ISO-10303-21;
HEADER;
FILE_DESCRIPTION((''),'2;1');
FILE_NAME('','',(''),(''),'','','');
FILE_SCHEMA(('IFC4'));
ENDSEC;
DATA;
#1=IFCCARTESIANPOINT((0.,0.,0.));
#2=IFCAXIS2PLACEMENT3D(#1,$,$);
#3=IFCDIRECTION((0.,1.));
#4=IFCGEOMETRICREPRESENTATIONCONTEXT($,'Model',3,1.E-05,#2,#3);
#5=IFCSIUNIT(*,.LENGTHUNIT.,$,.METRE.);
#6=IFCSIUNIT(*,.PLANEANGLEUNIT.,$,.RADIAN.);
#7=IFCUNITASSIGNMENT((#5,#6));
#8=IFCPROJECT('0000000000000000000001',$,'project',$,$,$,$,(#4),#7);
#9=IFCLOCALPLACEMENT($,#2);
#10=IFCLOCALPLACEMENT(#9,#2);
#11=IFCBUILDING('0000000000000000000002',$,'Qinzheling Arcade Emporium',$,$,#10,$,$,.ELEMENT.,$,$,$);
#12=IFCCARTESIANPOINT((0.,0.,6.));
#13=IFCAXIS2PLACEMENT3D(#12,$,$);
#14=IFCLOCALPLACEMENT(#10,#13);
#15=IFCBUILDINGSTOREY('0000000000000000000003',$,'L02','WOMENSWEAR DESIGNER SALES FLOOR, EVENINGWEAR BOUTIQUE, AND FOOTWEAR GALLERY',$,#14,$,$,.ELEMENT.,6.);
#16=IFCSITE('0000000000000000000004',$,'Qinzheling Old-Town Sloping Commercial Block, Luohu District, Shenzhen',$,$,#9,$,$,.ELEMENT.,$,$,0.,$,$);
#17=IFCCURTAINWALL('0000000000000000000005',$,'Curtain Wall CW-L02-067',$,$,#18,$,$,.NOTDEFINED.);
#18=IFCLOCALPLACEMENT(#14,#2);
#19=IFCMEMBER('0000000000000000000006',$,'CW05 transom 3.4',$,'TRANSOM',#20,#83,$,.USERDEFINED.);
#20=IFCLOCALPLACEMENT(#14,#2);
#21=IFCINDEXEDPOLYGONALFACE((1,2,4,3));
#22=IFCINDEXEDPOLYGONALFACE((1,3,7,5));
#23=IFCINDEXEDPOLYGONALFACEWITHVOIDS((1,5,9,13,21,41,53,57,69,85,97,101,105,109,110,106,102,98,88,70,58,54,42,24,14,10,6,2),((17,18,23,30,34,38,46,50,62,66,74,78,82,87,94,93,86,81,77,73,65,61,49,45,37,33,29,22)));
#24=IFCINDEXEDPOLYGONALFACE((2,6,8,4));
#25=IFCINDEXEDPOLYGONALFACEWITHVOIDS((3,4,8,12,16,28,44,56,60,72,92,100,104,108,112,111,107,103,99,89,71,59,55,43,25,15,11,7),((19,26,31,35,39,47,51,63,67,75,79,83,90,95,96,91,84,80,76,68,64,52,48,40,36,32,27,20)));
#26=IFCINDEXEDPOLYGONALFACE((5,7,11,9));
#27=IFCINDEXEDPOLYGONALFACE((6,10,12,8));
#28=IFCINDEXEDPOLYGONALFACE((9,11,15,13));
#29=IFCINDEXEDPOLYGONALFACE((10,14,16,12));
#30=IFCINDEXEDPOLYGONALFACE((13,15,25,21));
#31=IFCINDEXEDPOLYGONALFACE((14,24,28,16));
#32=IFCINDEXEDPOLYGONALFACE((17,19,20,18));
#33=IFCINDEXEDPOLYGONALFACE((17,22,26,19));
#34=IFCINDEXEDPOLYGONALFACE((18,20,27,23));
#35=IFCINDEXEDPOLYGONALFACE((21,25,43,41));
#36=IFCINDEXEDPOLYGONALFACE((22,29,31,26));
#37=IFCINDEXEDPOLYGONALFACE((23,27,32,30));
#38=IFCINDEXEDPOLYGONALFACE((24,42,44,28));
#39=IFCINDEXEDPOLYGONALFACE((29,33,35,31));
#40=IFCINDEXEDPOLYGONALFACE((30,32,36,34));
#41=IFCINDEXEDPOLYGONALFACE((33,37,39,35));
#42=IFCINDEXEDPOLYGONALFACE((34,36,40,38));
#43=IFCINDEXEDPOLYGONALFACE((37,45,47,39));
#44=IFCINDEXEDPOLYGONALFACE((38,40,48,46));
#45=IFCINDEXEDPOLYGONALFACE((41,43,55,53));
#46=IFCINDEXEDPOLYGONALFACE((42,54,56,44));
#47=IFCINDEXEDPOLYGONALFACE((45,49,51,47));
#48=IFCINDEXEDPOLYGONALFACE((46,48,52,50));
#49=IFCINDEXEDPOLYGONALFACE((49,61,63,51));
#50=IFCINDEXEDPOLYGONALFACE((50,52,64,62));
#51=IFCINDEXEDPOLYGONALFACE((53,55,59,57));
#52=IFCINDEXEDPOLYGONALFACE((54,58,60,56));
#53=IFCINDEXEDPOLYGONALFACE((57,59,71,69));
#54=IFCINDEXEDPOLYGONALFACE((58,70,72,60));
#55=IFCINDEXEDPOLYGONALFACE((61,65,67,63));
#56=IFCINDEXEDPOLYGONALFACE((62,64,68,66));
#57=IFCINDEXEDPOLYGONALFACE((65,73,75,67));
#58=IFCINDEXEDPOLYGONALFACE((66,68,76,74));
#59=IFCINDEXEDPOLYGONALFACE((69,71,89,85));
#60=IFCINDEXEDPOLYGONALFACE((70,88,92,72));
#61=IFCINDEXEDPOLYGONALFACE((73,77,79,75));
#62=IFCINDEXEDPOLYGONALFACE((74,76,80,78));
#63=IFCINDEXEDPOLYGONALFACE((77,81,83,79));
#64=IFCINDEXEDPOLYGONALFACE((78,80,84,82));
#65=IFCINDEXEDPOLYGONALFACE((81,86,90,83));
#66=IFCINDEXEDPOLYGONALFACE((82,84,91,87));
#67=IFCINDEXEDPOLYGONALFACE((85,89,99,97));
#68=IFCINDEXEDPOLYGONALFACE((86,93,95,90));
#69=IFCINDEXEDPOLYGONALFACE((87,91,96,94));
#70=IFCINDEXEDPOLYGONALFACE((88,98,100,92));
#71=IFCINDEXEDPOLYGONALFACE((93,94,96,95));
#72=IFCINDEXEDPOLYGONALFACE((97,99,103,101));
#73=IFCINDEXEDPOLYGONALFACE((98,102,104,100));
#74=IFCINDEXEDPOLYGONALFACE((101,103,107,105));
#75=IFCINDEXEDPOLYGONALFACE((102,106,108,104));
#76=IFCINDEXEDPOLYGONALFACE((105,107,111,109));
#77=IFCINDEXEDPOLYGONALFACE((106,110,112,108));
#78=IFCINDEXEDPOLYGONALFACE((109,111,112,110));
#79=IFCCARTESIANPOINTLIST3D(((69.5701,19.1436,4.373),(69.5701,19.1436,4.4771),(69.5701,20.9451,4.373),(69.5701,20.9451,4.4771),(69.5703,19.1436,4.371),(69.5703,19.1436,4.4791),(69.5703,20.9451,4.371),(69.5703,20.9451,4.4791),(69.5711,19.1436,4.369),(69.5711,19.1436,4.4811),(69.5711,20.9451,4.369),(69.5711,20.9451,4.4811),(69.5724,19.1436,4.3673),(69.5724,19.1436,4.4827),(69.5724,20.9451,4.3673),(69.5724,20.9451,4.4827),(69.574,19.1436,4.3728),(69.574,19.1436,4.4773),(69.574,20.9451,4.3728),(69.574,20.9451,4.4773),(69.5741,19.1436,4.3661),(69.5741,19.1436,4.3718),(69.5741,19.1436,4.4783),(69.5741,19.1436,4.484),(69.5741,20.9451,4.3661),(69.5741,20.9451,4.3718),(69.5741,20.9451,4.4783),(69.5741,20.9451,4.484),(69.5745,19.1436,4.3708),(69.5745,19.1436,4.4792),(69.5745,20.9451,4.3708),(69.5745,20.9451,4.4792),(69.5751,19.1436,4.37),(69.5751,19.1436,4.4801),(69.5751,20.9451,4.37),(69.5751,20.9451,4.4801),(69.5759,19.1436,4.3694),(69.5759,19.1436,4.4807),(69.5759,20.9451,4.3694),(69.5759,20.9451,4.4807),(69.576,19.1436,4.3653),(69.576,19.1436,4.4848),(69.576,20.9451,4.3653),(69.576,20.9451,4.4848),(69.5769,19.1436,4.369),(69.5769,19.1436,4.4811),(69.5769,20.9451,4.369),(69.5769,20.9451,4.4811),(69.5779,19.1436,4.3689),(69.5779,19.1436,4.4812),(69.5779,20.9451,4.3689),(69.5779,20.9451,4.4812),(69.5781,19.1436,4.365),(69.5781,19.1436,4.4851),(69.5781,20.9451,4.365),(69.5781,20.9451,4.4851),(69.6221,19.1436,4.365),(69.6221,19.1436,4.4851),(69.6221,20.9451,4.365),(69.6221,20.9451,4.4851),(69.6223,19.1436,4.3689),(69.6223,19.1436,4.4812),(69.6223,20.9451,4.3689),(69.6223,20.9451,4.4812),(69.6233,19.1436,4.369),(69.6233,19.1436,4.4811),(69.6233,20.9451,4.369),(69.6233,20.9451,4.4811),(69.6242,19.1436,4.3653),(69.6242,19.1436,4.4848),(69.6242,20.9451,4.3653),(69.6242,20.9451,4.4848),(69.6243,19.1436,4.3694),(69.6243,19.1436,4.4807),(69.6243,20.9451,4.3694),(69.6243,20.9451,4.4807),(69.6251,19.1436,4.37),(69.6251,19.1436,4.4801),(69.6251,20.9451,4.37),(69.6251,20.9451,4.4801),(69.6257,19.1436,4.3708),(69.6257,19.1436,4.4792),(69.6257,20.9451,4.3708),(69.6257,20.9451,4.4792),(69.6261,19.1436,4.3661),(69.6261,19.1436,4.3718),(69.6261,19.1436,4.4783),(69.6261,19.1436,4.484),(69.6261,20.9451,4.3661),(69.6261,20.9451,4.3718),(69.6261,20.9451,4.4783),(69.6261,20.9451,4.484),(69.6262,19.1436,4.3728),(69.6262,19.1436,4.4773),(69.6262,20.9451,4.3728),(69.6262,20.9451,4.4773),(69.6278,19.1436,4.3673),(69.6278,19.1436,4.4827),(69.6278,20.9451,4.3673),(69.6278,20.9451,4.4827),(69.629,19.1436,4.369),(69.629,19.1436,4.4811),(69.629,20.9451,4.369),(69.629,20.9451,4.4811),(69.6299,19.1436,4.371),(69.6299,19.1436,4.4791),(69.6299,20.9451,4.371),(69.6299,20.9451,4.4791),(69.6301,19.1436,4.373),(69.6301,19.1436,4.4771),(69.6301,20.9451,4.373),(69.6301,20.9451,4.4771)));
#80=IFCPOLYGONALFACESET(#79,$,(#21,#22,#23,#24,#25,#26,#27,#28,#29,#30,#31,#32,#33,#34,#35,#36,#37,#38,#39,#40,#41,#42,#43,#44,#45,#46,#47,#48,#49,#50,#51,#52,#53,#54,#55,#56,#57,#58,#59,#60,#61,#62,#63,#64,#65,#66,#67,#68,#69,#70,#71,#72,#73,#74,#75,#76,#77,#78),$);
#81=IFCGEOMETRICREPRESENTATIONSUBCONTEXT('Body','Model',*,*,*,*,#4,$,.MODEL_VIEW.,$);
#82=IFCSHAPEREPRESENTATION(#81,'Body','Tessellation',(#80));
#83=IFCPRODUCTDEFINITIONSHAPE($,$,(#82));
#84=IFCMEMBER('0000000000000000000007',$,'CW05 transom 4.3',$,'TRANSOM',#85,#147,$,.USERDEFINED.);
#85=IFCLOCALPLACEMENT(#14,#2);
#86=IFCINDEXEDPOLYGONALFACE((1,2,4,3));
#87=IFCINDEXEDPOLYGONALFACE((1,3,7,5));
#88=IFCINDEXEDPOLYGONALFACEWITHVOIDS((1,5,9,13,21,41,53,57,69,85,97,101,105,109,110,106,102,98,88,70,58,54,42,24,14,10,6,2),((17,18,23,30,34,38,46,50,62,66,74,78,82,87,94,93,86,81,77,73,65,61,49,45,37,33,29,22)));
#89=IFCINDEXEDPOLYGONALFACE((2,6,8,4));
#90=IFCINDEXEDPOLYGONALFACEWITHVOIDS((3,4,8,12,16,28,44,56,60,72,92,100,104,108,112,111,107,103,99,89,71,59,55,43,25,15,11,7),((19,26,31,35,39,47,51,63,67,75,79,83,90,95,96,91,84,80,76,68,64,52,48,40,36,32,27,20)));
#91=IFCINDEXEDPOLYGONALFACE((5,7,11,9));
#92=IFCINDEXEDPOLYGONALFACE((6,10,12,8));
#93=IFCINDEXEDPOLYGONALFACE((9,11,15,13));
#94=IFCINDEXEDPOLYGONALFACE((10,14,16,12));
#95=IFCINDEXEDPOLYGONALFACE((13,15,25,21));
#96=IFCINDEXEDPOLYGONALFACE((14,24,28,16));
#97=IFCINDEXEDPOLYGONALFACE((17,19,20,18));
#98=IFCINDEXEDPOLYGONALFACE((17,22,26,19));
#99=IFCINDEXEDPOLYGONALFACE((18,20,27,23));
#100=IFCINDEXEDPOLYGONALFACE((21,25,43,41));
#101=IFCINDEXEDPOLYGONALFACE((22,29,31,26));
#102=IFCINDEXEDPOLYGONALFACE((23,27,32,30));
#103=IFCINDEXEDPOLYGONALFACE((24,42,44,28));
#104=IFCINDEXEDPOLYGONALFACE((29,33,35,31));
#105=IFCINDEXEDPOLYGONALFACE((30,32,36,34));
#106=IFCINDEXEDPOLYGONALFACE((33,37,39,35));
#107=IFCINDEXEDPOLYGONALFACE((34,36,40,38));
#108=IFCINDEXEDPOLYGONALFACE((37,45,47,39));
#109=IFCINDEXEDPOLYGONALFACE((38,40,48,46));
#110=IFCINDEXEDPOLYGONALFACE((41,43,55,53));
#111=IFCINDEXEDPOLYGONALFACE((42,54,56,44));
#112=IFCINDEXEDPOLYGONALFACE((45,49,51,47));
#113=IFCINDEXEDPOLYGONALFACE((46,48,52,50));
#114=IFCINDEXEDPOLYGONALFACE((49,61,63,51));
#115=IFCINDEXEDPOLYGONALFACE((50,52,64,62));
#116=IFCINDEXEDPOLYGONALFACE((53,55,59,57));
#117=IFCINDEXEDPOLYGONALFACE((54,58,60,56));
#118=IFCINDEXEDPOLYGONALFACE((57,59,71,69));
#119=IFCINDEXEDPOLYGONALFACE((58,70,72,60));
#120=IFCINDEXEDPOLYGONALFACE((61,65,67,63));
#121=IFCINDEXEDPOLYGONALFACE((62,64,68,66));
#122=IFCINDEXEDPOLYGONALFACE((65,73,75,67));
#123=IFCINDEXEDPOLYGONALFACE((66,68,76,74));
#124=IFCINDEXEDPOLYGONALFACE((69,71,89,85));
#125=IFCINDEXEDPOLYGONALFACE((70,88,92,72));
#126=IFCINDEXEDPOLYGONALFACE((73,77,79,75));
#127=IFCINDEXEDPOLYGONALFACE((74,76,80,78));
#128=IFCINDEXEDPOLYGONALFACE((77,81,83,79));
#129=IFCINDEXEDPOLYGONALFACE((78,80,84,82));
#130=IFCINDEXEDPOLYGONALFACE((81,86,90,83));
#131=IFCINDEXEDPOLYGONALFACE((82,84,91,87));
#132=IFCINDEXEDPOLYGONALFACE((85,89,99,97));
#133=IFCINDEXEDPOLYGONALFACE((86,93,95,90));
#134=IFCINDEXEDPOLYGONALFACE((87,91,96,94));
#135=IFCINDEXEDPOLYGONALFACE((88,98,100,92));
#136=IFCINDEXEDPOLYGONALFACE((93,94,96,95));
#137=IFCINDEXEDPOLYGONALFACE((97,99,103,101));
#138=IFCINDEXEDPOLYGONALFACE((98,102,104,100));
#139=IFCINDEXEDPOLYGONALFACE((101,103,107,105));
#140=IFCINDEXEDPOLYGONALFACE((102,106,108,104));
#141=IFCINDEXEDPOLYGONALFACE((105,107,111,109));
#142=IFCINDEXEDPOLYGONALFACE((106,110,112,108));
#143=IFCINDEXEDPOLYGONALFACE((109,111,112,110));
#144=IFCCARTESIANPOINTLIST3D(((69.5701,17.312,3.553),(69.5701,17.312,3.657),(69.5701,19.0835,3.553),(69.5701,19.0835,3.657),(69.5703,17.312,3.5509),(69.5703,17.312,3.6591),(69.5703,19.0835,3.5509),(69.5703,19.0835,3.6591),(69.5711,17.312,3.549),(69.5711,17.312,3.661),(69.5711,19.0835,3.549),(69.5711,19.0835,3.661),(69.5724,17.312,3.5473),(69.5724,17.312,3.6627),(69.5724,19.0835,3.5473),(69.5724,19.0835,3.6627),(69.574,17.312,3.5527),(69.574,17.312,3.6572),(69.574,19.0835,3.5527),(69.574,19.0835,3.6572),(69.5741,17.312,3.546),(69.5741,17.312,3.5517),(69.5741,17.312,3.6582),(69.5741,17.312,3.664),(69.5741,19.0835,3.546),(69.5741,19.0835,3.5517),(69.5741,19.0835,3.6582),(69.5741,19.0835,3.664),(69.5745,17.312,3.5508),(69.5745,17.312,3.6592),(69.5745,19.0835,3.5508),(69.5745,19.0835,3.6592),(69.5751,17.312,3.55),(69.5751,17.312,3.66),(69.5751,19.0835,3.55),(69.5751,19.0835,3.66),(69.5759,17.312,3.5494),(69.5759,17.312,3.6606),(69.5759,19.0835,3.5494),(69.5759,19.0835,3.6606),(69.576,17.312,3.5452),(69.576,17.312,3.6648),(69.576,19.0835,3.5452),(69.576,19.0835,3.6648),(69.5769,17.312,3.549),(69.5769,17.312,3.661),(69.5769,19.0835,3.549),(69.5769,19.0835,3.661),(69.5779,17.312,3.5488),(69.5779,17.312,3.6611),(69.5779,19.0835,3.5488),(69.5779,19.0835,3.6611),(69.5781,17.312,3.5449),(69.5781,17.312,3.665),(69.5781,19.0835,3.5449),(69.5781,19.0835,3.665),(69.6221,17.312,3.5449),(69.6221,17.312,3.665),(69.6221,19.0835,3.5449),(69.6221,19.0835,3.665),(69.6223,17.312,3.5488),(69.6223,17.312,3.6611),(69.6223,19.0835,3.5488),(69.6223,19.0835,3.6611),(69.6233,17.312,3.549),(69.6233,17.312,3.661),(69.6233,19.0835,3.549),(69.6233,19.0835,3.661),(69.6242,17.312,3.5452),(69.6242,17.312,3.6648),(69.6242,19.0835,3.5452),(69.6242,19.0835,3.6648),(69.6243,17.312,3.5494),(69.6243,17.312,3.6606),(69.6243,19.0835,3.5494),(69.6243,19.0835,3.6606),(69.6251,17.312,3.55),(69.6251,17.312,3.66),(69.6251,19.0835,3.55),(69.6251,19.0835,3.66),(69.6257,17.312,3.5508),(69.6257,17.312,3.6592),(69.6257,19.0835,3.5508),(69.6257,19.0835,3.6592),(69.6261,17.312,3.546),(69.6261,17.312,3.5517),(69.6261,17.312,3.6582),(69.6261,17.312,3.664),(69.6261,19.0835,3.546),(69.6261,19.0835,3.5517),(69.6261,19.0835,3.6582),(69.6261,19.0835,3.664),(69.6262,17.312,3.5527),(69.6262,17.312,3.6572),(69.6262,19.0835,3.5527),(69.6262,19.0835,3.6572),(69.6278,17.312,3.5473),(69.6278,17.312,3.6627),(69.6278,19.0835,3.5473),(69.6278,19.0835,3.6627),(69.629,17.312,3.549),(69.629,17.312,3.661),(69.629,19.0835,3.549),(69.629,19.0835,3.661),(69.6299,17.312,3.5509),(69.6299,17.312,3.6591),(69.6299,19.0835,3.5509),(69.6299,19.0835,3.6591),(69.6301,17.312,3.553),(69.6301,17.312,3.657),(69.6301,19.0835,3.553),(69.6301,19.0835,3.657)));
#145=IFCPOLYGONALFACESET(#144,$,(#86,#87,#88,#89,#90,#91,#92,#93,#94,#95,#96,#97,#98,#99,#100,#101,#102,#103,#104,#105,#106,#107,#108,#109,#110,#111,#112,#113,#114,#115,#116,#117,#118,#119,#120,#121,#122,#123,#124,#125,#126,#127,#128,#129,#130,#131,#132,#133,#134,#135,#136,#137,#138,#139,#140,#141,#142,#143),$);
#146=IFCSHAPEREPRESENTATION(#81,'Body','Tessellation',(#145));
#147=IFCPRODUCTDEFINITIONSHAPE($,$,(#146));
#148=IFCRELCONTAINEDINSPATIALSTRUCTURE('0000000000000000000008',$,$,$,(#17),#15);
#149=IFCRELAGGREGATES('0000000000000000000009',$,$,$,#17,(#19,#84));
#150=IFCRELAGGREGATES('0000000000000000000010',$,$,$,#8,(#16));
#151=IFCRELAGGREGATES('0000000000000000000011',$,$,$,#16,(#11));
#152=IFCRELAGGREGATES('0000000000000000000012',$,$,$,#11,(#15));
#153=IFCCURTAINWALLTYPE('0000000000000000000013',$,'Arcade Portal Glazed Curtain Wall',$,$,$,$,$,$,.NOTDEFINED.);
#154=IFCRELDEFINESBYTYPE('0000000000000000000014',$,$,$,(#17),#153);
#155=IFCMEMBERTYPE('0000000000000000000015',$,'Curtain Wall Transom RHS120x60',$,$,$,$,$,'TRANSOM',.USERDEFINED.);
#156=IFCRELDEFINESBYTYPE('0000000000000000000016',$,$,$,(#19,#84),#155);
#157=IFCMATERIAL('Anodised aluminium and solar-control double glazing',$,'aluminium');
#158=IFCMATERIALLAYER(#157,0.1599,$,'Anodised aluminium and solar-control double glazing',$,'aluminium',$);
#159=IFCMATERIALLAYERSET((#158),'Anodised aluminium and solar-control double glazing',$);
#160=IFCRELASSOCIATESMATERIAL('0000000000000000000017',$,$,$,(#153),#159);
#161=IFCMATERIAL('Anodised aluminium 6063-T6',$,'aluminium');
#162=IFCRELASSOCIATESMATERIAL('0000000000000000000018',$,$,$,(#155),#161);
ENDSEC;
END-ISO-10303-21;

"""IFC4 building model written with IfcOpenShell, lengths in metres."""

from ifc_helpers import new_model, si_unit, direction, frame, origin, origin_2d, place, context, subcontext, project, spatial, hollow_rectangle, extrude, material, layer, layer_set, material_profile, profile_set, type_object, element, aggregate, save


model = new_model("IFC4")

# Units and contexts
model_context = context("Model", 3, precision=1e-05, world=origin(), true_north=direction((0.0, 1.0)))
body_context = subcontext(model_context, "Body", "Model", "MODEL_VIEW")
ifc_project = project(units=[si_unit("LENGTHUNIT", "METRE"), si_unit("PLANEANGLEUNIT", "RADIAN")], contexts=[model_context])

# Site, building, storey
site_placement = place(None, origin())
site = spatial("IfcSite", under=ifc_project, at=site_placement, Name="Qinzheling Old-Town Sloping Commercial Block, Luohu District, Shenzhen", CompositionType="ELEMENT", RefElevation=0.0)
building_placement = place(site_placement, origin())
building = spatial("IfcBuilding", under=site, at=building_placement, Name="Qinzheling Arcade Emporium", CompositionType="ELEMENT")
storey_placement = place(building_placement, frame((0.0, 0.0, 6.0)))
storey = spatial("IfcBuildingStorey", under=building, at=storey_placement, Name="L02", Description="WOMENSWEAR DESIGNER SALES FLOOR, EVENINGWEAR BOUTIQUE, AND FOOTWEAR GALLERY", CompositionType="ELEMENT", Elevation=6.0)

# Curtain wall, members
ifc_material_1 = material(Name="Anodised aluminium and solar-control double glazing", Category="aluminium")
ifc_layer_1 = layer(ifc_material_1, 0.1599, Name="Anodised aluminium and solar-control double glazing", Category="aluminium")
ifc_layer_set_1 = layer_set([ifc_layer_1], Name="Anodised aluminium and solar-control double glazing")
curtain_wall_type = type_object("IfcCurtainWallType", Name="Arcade Portal Glazed Curtain Wall", PredefinedType="NOTDEFINED", material=ifc_layer_set_1)
curtain_wall_placement = place(storey_placement, origin())
curtain_wall = element("IfcCurtainWall", 1, at=curtain_wall_placement, inside=storey, type_object=curtain_wall_type, Name="Curtain Wall CW-L02-067", PredefinedType="NOTDEFINED")
ifc_material_2 = material(Name="Anodised aluminium 6063-T6", Category="aluminium")
ifc_material_profile_1 = material_profile(ifc_material_2, hollow_rectangle(XDim=0.0601, YDim=0.1201, WallThickness=0.0039, InnerFilletRadius=0.0039, OuterFilletRadius=0.0081, at=origin_2d()), Name="RHS 120x60x4", Category="aluminium")
ifc_profile_set_1 = profile_set([ifc_material_profile_1], Name="Anodised aluminium 6063-T6")
member_type_1 = type_object("IfcMemberType", Name="Curtain Wall Transom RHS120x60", ElementType="TRANSOM", PredefinedType="USERDEFINED", material=ifc_profile_set_1)
member_1_placement = place(storey_placement, frame((69.6001, 20.9451, 4.425), z_axis=(0.0, -1.0, 0.0), x_axis=(1.0, 0.0, 0.0)))
member_1 = element("IfcMember", 2, at=member_1_placement, type_object=member_type_1, Name="CW05 transom 3.4", ObjectType="TRANSOM", PredefinedType="USERDEFINED", context=body_context, shape_type="SweptSolid", body=[
    extrude(hollow_rectangle(XDim=0.0601, YDim=0.1201, WallThickness=0.0039, InnerFilletRadius=0.0039, OuterFilletRadius=0.0081, at=origin_2d()), origin(), (0.0, 0.0, 1.0), 1.8015),
])
member_2_placement = place(storey_placement, frame((69.6001, 19.0835, 3.605), z_axis=(0.0, -1.0, 0.0), x_axis=(1.0, 0.0, 0.0)))
member_2 = element("IfcMember", 3, at=member_2_placement, type_object=member_type_1, Name="CW05 transom 4.3", ObjectType="TRANSOM", PredefinedType="USERDEFINED", context=body_context, shape_type="SweptSolid", body=[
    extrude(hollow_rectangle(XDim=0.0601, YDim=0.1201, WallThickness=0.0039, InnerFilletRadius=0.0039, OuterFilletRadius=0.0081, at=origin_2d()), origin(), (0.0, 0.0, 1.0), 1.7715),
])
aggregate(curtain_wall, [member_1, member_2])

save(model, "model.ifc")
